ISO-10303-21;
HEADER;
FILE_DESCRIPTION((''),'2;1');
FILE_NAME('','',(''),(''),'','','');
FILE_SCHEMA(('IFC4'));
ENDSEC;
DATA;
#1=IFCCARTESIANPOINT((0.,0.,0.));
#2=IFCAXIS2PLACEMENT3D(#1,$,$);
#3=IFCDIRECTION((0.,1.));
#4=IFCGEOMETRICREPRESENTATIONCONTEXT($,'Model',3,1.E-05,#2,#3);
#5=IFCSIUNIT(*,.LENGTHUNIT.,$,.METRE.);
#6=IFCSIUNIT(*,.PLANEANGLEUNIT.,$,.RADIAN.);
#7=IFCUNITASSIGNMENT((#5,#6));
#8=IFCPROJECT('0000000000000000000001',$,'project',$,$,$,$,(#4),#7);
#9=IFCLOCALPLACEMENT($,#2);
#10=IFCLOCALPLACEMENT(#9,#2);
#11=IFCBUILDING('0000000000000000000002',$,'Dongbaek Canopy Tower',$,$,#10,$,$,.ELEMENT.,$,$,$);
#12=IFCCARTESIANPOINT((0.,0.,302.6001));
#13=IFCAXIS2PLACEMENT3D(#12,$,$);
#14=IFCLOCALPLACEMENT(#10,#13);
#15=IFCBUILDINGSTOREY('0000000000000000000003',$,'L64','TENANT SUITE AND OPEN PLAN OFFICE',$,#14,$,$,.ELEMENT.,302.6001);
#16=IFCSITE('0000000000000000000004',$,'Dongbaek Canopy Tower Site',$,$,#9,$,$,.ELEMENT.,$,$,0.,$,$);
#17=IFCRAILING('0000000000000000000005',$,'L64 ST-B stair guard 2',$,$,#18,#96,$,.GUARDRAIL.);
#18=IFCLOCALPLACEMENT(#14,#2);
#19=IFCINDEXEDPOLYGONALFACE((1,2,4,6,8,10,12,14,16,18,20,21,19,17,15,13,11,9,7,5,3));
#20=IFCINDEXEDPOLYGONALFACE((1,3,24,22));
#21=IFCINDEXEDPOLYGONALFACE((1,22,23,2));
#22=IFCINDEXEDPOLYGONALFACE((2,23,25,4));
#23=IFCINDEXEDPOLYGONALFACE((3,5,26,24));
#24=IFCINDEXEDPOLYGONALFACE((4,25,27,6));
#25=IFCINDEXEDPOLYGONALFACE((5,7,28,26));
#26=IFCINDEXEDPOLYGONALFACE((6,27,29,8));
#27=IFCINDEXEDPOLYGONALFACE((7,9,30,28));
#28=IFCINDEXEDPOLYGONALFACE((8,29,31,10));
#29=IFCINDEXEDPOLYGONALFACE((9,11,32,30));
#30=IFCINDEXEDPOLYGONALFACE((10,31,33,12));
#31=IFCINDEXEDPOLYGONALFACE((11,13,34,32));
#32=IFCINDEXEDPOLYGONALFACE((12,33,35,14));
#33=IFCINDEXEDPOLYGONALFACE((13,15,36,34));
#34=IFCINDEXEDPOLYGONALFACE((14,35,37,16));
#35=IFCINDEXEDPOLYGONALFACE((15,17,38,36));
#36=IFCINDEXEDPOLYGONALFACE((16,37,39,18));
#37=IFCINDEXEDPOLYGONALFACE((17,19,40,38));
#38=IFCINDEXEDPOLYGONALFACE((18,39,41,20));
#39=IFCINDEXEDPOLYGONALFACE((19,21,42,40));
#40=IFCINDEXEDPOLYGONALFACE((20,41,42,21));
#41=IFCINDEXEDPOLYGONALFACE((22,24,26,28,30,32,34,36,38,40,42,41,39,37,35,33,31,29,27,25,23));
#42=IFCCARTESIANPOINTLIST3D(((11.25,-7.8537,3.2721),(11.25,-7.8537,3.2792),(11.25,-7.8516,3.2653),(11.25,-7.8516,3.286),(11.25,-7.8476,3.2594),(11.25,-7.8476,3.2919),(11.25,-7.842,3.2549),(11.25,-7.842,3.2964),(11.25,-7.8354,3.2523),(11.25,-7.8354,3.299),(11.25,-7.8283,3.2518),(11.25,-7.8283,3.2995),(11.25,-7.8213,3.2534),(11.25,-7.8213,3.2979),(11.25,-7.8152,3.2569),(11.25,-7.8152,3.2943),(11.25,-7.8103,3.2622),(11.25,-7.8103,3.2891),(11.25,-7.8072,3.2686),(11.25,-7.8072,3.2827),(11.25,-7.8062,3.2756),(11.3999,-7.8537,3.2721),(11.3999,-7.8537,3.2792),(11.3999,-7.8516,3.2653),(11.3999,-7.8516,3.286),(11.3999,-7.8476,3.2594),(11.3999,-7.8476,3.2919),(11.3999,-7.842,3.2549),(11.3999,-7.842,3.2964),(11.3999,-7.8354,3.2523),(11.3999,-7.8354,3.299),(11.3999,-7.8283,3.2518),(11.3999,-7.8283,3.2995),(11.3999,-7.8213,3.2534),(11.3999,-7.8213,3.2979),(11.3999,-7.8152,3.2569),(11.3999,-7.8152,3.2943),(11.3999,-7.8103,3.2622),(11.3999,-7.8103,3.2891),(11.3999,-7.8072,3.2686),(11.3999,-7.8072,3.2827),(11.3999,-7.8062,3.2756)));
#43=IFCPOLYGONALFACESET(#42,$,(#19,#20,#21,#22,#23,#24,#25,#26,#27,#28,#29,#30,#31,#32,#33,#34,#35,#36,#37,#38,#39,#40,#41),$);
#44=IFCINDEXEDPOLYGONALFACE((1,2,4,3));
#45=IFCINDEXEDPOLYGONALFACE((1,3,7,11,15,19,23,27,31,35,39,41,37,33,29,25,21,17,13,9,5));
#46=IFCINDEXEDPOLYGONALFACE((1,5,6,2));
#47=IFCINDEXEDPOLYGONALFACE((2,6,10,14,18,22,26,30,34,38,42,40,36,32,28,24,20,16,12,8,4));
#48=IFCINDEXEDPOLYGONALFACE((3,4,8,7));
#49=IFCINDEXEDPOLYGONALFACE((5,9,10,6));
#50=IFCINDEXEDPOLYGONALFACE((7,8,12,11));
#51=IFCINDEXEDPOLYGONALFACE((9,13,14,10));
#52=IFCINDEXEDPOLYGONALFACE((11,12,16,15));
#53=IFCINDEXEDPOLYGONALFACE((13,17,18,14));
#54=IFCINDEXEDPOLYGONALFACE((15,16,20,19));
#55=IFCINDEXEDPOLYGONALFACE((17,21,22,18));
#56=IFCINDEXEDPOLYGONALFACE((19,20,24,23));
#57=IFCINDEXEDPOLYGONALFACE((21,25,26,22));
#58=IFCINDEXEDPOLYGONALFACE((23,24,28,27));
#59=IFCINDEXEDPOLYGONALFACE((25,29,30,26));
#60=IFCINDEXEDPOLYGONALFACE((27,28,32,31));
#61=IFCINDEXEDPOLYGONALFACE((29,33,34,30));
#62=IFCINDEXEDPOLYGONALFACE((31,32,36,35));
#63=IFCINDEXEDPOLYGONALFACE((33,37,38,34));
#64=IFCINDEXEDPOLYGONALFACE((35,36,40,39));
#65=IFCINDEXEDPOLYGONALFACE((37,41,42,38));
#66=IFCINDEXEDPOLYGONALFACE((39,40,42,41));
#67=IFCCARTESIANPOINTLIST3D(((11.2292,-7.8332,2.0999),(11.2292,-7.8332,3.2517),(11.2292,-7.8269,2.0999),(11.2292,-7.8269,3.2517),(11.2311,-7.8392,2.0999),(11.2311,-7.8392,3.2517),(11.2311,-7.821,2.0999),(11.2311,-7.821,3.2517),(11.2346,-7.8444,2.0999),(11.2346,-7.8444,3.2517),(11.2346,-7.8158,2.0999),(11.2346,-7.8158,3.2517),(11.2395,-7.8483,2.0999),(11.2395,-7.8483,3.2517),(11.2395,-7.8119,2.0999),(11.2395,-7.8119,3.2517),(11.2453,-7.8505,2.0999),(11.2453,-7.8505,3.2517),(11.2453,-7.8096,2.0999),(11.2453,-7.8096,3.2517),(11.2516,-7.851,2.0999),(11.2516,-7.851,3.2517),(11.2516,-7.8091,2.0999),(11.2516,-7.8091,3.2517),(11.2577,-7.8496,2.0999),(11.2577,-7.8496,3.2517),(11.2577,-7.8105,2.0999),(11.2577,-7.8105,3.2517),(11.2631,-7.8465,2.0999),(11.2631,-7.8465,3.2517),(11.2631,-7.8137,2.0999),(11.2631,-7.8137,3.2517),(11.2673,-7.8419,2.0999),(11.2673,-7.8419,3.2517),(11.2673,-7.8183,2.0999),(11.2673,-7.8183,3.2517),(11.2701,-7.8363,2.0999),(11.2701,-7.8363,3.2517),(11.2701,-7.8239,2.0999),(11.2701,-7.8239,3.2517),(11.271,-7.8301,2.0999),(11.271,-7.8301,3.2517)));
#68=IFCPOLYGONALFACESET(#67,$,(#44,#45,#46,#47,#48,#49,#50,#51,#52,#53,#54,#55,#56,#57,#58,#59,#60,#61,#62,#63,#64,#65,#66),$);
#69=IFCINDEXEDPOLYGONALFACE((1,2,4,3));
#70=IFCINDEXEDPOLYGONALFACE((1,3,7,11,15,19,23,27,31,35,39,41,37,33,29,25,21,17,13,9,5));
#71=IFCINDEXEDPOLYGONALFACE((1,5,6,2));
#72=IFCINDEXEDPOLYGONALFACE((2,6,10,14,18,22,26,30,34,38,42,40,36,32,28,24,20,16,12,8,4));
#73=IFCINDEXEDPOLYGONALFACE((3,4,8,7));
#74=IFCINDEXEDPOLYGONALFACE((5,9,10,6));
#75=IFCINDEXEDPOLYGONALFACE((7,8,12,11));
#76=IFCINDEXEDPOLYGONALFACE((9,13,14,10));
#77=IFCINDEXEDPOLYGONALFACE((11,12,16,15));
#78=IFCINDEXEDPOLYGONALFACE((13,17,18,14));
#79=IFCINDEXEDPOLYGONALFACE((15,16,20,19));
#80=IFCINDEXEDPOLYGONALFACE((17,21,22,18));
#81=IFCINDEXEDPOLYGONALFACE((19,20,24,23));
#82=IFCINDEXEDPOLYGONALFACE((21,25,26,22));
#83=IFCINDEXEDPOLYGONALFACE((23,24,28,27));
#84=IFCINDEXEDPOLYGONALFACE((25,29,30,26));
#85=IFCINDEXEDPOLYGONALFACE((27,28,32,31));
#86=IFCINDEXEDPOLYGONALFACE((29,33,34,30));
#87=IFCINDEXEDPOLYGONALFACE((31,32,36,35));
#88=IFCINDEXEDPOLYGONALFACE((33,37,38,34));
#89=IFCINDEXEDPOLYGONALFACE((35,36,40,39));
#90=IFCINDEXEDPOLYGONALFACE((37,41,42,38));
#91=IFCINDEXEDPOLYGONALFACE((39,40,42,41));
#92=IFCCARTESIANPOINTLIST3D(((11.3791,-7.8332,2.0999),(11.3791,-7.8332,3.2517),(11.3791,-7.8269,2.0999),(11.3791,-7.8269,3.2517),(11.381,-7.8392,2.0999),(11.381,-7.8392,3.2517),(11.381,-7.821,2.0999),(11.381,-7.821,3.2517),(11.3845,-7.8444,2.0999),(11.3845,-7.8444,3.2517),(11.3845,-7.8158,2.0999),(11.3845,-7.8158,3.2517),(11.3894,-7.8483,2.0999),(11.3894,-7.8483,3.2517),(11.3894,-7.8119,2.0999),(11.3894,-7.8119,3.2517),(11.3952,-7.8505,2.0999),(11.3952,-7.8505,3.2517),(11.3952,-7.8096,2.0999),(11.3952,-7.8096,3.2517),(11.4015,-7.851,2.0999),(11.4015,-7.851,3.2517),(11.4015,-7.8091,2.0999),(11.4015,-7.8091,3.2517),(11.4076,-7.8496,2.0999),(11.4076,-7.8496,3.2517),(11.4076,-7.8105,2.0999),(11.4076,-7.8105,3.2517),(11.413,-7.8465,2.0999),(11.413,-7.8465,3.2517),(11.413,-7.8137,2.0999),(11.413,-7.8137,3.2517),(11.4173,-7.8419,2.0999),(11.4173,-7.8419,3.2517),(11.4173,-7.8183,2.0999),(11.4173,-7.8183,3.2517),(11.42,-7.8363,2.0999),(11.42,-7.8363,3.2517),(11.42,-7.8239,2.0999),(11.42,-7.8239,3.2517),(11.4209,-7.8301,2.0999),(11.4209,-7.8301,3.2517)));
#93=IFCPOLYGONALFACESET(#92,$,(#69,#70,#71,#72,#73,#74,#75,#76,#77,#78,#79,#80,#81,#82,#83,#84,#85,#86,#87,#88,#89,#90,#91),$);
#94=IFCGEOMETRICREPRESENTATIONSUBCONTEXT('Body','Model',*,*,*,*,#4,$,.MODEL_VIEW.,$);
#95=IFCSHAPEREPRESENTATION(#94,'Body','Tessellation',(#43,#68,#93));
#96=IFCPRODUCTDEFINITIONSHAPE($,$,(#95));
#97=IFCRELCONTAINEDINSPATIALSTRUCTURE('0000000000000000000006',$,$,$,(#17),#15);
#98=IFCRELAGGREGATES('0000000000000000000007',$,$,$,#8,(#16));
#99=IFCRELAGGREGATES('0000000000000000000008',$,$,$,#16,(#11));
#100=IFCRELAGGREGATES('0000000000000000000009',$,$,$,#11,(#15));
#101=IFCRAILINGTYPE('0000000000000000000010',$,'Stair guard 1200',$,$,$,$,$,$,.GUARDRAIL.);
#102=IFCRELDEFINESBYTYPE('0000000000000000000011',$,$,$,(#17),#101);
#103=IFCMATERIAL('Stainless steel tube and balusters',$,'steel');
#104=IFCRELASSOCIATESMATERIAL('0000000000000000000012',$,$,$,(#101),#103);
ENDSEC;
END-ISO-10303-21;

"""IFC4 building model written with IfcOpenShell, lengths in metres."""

from ifc_helpers import new_model, si_unit, direction, frame, origin, origin_2d, place, context, subcontext, project, spatial, circle, extrude, material, type_object, element, save


model = new_model("IFC4")

# Units and contexts
model_context = context("Model", 3, precision=1e-05, world=origin(), true_north=direction((0.0, 1.0)))
body_context = subcontext(model_context, "Body", "Model", "MODEL_VIEW")
ifc_project = project(units=[si_unit("LENGTHUNIT", "METRE"), si_unit("PLANEANGLEUNIT", "RADIAN")], contexts=[model_context])

# Site, building, storey
site_placement = place(None, origin())
site = spatial("IfcSite", under=ifc_project, at=site_placement, Name="Dongbaek Canopy Tower Site", CompositionType="ELEMENT", RefElevation=0.0)
building_placement = place(site_placement, origin())
building = spatial("IfcBuilding", under=site, at=building_placement, Name="Dongbaek Canopy Tower", CompositionType="ELEMENT")
storey_placement = place(building_placement, frame((0.0, 0.0, 302.6001)))
storey = spatial("IfcBuildingStorey", under=building, at=storey_placement, Name="L64", Description="TENANT SUITE AND OPEN PLAN OFFICE", CompositionType="ELEMENT", Elevation=302.6001)

# Railing
ifc_material_1 = material(Name="Stainless steel tube and balusters", Category="steel")
railing_type_1 = type_object("IfcRailingType", Name="Stair guard 1200", PredefinedType="GUARDRAIL", material=ifc_material_1)
railing_1_placement = place(storey_placement, frame((11.25, -7.8301, 2.0999)))
element("IfcRailing", 1, at=railing_1_placement, inside=storey, type_object=railing_type_1, Name="L64 ST-B stair guard 2", PredefinedType="GUARDRAIL", context=body_context, shape_type="SweptSolid", body=[
    extrude(circle(Radius=0.0239, at=origin_2d()), frame((0.0, 0.0, 1.1758), z_axis=(1.0, 0.0, 0.0), x_axis=(0.0, 1.0, 0.0)), (0.0, 0.0, 1.0), 0.1499),
    extrude(circle(Radius=0.021, at=origin_2d()), origin(), (0.0, 0.0, 1.0), 1.1519),
    extrude(circle(Radius=0.021, at=origin_2d()), frame((0.1499, 0.0, 0.0)), (0.0, 0.0, 1.0), 1.1519),
])

save(model, "model.ifc")
